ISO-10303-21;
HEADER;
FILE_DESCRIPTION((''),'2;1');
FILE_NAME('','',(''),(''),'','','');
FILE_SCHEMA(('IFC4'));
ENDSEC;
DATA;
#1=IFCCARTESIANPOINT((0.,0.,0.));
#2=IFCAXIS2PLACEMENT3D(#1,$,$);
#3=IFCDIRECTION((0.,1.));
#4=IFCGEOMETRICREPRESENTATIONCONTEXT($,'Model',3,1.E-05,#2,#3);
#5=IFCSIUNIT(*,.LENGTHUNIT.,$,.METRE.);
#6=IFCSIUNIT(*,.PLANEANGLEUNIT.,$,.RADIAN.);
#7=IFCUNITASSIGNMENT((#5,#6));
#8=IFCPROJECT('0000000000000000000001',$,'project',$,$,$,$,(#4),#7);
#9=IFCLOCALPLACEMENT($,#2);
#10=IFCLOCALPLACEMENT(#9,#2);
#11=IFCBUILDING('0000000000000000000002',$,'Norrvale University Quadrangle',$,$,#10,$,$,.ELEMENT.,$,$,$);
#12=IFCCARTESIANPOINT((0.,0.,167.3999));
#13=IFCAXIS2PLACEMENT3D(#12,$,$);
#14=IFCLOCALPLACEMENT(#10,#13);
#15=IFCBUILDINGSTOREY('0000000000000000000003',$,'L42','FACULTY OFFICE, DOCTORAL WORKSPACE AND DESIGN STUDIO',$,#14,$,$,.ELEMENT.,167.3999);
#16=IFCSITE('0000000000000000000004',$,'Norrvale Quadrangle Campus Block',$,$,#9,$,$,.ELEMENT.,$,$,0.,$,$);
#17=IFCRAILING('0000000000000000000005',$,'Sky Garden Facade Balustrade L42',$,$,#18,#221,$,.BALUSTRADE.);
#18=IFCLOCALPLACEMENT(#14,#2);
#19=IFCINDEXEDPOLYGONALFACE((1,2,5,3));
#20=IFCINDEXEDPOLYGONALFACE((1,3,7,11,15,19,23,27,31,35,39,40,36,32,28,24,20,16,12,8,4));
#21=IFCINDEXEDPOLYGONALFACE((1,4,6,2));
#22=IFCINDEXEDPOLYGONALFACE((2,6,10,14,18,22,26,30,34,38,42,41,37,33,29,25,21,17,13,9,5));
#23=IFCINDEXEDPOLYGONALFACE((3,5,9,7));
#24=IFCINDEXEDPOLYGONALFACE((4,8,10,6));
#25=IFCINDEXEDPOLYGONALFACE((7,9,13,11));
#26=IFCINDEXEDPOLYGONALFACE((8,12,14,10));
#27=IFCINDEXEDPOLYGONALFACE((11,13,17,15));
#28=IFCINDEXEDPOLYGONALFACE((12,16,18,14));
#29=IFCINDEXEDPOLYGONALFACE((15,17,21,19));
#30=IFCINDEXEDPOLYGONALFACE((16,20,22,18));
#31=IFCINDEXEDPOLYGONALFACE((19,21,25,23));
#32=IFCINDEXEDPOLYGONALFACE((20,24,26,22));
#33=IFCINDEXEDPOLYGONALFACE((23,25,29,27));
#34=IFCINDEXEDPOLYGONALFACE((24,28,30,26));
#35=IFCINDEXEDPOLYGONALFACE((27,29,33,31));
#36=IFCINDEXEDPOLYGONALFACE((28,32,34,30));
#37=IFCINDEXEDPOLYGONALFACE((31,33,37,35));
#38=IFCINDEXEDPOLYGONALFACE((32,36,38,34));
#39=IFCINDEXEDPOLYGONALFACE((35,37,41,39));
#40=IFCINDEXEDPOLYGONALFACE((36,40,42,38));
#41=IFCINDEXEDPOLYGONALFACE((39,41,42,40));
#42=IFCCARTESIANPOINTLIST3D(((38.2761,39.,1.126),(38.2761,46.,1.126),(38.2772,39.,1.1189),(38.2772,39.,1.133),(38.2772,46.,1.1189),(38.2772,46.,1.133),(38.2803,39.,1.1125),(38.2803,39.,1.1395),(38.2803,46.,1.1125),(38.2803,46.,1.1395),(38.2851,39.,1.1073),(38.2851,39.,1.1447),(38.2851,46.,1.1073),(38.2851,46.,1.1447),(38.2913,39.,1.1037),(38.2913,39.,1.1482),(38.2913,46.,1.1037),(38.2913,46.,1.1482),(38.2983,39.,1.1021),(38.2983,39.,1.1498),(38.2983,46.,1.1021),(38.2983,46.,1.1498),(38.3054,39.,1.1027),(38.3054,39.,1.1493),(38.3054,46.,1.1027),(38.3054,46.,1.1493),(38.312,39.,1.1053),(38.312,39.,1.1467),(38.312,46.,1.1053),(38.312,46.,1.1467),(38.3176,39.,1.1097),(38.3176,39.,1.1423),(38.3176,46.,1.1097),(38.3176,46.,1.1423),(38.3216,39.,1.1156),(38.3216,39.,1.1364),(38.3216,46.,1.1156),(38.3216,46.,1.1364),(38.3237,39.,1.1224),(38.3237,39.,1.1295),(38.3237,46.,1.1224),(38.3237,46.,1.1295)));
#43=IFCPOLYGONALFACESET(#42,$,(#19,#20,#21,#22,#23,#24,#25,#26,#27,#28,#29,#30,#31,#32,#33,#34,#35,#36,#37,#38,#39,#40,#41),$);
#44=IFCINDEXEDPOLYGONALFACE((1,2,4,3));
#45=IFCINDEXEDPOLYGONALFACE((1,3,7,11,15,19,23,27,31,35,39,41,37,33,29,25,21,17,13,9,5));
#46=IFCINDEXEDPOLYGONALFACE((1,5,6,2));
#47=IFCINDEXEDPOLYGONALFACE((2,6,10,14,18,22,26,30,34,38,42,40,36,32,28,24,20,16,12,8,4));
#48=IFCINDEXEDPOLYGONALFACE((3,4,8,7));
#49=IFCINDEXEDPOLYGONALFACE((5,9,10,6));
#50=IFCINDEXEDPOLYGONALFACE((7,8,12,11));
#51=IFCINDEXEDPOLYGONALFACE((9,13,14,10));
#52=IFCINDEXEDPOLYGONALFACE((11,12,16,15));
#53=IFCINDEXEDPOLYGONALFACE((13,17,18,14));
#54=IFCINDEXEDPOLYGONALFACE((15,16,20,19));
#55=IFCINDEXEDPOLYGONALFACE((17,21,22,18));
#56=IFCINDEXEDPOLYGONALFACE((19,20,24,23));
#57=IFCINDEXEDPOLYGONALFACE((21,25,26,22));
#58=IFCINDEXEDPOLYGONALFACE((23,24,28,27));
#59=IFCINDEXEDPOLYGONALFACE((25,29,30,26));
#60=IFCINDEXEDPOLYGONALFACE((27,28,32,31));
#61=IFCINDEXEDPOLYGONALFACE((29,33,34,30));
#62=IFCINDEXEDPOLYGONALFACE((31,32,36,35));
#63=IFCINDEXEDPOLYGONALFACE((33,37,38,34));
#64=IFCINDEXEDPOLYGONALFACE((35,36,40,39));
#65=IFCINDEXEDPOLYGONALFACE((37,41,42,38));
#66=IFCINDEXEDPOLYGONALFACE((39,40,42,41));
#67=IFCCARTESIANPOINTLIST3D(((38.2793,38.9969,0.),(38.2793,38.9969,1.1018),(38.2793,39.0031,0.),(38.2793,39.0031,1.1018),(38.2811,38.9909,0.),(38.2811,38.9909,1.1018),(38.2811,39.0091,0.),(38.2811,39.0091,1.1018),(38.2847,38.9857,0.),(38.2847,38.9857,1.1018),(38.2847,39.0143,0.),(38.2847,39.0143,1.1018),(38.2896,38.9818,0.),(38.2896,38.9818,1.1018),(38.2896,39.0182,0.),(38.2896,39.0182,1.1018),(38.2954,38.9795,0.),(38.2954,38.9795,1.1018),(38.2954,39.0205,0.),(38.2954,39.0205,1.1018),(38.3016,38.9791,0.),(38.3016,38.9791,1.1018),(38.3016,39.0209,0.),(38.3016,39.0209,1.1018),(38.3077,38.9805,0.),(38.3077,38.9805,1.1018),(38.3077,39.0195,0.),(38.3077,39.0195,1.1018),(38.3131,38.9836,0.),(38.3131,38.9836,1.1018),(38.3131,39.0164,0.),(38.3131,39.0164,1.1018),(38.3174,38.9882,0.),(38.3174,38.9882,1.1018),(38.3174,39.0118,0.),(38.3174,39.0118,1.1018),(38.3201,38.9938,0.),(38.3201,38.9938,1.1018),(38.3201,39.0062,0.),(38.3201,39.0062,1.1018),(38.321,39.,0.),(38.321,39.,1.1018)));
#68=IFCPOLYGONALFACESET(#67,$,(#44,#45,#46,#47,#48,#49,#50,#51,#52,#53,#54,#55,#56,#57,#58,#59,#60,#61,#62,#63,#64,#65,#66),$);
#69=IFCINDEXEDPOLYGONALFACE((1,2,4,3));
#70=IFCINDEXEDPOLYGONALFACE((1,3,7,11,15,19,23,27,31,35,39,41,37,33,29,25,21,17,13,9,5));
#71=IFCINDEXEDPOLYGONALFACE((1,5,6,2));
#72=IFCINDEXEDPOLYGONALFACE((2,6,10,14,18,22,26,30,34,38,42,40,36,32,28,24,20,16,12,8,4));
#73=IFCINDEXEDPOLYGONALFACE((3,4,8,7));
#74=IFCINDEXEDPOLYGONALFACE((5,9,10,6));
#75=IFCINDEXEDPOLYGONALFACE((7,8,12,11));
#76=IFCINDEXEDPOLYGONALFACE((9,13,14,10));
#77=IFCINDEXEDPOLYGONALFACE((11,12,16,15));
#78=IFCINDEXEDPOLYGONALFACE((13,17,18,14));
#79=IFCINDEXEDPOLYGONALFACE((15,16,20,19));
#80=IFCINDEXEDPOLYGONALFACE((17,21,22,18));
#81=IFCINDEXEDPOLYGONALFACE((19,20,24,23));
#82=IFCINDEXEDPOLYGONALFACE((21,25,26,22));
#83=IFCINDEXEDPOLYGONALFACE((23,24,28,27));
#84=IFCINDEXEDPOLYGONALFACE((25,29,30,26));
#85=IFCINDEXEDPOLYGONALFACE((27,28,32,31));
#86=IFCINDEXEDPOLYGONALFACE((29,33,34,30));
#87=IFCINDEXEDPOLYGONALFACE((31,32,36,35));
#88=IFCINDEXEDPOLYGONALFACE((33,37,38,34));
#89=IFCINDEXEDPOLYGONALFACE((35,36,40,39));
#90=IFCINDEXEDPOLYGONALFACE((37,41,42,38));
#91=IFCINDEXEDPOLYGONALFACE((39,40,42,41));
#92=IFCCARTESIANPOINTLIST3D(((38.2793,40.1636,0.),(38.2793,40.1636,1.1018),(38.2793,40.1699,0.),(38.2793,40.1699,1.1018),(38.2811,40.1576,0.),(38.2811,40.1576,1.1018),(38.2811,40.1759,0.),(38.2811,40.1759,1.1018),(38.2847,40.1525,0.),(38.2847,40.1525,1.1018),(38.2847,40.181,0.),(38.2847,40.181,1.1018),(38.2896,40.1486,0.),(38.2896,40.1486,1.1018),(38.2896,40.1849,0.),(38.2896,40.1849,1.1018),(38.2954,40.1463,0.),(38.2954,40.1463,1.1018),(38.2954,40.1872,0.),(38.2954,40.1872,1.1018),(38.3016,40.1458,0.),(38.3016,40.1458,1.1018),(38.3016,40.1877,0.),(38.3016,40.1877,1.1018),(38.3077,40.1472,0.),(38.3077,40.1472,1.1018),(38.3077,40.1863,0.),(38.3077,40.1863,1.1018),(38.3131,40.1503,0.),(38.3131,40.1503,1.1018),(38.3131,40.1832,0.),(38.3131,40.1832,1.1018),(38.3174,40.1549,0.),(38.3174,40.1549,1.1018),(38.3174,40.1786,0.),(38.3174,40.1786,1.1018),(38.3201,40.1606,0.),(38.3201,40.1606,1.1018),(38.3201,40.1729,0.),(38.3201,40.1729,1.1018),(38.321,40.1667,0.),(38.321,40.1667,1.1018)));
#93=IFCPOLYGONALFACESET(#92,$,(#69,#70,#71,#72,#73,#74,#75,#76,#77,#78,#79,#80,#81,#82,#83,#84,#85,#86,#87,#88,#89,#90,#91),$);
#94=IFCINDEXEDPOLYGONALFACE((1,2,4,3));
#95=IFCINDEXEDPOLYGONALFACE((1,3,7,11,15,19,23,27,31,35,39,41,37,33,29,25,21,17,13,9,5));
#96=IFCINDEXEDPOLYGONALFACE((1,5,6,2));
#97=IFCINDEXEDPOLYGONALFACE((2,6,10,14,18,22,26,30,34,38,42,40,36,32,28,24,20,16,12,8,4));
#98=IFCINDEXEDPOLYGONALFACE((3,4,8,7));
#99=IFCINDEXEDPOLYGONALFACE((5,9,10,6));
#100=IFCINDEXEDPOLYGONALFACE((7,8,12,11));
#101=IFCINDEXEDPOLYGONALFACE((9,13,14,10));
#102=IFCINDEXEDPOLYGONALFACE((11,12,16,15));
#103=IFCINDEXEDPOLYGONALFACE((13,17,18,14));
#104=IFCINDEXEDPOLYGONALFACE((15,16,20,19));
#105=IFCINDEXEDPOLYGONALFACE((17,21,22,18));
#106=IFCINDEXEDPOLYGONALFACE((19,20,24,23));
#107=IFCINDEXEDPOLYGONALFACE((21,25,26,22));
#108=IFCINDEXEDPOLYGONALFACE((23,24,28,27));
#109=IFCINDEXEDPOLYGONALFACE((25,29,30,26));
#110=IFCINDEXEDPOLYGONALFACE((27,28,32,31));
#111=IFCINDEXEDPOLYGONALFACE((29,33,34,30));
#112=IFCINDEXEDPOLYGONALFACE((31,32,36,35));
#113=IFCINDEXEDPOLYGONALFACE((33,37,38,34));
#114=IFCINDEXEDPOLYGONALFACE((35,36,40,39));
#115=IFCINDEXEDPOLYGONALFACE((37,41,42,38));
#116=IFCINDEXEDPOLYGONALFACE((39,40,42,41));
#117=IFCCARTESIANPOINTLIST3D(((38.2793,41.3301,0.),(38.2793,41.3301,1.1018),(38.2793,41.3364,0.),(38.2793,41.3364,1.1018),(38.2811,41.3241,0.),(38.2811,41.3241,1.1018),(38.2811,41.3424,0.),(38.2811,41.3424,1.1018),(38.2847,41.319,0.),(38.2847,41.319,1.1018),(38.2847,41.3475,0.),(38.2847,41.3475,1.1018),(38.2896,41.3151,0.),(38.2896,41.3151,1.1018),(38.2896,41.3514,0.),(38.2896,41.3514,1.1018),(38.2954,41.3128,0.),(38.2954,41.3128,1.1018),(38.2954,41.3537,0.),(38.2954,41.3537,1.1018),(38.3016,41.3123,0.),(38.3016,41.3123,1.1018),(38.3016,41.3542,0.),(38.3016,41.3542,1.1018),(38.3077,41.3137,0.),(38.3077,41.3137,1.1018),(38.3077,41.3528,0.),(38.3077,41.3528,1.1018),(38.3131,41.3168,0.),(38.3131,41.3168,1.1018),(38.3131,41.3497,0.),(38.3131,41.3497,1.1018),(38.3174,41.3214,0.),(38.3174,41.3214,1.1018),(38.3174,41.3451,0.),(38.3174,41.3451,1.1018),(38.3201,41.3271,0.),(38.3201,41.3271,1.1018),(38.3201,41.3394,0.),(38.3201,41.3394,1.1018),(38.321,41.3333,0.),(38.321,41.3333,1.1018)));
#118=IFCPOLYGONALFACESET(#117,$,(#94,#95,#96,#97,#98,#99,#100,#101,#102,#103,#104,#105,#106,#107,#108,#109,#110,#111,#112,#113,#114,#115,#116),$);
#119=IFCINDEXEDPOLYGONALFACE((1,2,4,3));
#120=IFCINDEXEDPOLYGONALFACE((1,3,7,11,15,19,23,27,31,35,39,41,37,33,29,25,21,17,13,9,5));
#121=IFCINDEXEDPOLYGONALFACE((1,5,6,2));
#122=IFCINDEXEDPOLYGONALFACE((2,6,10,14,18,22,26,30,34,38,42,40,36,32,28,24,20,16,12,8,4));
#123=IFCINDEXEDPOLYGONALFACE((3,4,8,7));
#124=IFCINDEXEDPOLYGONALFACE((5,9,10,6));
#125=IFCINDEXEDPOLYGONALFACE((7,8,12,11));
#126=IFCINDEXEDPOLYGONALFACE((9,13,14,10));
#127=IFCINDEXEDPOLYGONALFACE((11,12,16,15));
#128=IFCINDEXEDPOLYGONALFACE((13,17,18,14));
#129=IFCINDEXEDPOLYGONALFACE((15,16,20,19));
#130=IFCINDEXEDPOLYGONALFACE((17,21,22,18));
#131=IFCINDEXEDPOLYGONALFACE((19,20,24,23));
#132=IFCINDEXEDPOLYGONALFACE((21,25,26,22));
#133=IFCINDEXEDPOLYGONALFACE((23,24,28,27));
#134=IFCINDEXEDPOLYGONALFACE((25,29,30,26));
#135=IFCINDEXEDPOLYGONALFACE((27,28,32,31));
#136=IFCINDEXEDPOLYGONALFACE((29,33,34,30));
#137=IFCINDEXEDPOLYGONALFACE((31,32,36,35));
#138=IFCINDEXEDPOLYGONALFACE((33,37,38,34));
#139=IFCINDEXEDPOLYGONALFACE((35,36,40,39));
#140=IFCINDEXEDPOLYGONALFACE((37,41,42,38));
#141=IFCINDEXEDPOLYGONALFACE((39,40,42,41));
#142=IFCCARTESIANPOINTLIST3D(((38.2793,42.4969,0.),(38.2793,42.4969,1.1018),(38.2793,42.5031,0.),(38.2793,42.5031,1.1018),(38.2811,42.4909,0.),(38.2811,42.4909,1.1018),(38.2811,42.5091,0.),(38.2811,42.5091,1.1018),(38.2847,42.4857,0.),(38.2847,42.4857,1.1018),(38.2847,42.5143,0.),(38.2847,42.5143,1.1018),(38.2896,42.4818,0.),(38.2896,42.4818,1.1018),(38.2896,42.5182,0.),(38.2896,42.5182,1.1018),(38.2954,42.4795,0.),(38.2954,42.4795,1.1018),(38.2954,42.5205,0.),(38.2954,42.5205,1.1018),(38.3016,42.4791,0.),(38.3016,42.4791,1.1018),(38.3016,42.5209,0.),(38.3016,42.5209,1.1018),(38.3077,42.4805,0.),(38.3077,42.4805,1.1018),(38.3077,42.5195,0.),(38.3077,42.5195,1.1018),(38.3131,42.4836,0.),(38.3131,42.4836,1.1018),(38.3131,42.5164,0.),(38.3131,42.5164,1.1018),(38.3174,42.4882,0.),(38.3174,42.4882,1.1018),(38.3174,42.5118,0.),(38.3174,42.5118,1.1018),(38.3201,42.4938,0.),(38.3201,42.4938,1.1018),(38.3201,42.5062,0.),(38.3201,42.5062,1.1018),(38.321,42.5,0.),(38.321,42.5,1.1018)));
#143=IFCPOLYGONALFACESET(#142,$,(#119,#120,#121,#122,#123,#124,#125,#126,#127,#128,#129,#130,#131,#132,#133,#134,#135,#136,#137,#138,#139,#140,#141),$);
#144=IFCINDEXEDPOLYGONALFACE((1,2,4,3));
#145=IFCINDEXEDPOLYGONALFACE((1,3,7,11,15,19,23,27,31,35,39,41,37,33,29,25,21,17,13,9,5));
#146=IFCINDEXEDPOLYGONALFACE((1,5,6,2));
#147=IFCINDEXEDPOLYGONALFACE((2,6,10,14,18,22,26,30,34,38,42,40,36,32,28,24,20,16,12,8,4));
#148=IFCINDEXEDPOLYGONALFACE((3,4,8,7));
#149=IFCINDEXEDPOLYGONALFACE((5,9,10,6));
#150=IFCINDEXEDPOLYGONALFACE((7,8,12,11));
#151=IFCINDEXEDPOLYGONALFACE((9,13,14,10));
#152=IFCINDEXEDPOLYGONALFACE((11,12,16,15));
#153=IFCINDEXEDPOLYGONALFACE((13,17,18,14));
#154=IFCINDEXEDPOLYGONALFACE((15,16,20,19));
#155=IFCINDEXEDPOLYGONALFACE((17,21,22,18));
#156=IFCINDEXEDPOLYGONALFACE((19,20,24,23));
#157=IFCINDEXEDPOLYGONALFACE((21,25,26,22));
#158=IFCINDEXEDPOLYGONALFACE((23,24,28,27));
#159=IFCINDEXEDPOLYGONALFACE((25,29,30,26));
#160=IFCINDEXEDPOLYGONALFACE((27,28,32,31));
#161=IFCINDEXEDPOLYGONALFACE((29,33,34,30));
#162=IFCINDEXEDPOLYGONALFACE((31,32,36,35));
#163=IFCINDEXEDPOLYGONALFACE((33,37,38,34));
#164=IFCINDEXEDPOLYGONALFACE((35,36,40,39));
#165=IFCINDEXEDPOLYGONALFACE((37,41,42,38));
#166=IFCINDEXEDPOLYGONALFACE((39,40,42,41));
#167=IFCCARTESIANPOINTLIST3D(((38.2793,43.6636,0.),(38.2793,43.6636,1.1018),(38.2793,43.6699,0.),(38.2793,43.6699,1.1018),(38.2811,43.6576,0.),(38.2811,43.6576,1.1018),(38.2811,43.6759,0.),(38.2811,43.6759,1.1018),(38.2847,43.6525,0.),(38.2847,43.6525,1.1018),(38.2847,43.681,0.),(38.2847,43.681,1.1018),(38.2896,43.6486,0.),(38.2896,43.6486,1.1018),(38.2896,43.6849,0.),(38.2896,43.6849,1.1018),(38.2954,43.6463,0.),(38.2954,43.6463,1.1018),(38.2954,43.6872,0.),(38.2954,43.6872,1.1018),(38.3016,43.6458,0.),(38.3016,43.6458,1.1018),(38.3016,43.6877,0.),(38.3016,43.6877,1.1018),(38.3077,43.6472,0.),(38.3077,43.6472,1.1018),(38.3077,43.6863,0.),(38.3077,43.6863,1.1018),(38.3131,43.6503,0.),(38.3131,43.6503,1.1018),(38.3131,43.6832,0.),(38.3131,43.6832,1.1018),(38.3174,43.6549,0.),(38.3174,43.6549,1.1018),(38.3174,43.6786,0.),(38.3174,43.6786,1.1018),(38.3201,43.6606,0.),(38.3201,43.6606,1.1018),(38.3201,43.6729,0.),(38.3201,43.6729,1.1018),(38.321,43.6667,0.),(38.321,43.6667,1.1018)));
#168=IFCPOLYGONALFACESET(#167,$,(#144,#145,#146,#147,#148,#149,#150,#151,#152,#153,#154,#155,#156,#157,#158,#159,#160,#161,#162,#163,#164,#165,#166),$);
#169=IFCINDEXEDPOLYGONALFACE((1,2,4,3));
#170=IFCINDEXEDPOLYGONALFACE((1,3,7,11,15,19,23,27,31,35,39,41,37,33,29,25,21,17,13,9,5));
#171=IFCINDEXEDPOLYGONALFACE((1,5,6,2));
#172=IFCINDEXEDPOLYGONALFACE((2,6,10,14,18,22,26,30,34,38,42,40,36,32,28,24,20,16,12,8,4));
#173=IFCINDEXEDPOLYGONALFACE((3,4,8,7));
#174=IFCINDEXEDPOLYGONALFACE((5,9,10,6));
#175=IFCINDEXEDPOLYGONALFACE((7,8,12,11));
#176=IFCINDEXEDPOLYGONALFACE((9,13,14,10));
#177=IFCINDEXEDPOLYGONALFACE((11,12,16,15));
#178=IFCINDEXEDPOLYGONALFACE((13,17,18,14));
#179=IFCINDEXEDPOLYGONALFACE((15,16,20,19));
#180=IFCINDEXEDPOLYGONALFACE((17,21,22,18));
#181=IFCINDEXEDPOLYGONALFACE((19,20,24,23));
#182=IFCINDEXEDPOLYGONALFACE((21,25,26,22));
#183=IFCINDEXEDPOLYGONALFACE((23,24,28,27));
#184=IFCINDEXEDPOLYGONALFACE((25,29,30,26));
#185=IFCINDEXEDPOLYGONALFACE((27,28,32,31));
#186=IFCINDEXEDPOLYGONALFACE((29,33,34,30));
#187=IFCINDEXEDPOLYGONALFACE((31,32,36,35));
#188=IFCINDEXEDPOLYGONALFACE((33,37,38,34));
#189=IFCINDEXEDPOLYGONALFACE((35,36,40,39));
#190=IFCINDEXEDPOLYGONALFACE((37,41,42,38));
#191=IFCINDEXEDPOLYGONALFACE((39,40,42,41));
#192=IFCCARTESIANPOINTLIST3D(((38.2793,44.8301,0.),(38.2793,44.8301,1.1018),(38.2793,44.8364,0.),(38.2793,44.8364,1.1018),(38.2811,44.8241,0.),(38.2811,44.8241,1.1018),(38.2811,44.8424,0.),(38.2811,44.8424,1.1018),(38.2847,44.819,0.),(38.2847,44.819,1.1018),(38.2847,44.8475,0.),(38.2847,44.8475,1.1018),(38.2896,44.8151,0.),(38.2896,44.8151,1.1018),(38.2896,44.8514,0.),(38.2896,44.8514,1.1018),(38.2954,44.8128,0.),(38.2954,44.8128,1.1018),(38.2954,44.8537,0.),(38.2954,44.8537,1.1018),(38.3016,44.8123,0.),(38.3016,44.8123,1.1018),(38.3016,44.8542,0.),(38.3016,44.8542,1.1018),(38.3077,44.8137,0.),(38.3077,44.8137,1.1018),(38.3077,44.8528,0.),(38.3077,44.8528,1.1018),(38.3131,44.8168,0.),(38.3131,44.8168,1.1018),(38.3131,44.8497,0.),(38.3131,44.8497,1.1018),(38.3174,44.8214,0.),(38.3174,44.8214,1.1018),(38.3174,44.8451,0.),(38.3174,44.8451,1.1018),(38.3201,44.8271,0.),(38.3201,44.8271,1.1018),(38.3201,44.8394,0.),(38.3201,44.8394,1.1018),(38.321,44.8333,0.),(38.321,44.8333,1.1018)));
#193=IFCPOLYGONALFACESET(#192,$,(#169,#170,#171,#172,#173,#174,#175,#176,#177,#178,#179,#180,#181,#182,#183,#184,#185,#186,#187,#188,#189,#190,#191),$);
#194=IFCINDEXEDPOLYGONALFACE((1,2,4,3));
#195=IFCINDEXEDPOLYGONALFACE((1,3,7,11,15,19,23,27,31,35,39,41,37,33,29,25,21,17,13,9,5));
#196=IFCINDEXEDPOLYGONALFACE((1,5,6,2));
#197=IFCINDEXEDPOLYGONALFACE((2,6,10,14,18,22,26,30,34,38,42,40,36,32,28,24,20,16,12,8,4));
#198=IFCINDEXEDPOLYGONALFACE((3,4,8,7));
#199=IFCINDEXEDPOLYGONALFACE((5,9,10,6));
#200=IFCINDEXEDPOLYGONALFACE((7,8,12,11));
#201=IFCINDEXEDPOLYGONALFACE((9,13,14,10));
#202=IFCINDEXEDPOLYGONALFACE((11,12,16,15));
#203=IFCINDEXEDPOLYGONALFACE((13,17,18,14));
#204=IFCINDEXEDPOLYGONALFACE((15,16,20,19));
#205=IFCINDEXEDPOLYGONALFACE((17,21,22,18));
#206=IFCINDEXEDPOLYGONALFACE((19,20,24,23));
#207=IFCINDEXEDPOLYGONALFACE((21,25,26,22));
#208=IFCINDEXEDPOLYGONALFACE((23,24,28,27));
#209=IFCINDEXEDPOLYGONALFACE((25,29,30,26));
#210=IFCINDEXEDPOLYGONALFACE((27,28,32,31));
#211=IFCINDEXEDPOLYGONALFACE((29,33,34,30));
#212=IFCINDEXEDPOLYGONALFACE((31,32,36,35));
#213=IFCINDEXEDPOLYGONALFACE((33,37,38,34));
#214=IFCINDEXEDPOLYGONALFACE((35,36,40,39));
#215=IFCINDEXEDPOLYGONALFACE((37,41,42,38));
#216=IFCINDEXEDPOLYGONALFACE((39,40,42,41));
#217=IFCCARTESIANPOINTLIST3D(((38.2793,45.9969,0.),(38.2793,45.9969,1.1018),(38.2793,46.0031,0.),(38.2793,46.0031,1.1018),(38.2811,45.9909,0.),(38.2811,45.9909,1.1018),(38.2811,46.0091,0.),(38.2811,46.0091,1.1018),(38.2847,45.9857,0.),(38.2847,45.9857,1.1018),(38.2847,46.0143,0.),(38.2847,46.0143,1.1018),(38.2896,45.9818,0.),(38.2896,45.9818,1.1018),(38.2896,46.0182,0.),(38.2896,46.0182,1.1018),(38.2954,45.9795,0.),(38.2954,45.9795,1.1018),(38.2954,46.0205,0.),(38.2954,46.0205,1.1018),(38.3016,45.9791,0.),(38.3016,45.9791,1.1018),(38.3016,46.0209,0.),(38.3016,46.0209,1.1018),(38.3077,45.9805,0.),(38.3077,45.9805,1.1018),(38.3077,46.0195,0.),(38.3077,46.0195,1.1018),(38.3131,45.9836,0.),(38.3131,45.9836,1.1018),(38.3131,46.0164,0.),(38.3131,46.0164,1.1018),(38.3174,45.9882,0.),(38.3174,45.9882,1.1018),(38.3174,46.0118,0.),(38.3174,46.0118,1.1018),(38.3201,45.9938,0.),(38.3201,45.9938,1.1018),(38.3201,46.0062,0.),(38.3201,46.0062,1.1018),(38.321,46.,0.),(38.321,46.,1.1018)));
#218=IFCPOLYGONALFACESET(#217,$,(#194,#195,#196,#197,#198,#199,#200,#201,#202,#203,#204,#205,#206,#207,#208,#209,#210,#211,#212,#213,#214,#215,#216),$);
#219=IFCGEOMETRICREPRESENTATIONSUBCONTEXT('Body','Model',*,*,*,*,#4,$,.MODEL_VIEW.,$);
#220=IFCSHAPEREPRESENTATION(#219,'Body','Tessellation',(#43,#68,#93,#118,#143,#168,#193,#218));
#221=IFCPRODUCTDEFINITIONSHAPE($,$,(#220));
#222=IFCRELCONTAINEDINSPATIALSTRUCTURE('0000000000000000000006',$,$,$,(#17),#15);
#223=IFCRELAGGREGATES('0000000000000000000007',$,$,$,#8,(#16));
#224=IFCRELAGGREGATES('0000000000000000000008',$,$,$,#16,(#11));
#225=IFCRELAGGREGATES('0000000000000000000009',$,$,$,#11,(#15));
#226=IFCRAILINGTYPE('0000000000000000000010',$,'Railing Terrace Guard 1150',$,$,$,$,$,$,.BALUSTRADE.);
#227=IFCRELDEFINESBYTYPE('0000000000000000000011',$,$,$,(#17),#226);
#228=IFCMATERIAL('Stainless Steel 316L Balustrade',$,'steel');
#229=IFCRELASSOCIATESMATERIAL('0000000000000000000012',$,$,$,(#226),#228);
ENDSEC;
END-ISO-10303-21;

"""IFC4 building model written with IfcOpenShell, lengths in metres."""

from ifc_helpers import new_model, si_unit, direction, frame, origin, origin_2d, place, context, subcontext, project, spatial, circle, extrude, material, type_object, element, save


model = new_model("IFC4")

# Units and contexts
model_context = context("Model", 3, precision=1e-05, world=origin(), true_north=direction((0.0, 1.0)))
body_context = subcontext(model_context, "Body", "Model", "MODEL_VIEW")
ifc_project = project(units=[si_unit("LENGTHUNIT", "METRE"), si_unit("PLANEANGLEUNIT", "RADIAN")], contexts=[model_context])

# Site, building, storey
site_placement = place(None, origin())
site = spatial("IfcSite", under=ifc_project, at=site_placement, Name="Norrvale Quadrangle Campus Block", CompositionType="ELEMENT", RefElevation=0.0)
building_placement = place(site_placement, origin())
building = spatial("IfcBuilding", under=site, at=building_placement, Name="Norrvale University Quadrangle", CompositionType="ELEMENT")
storey_placement = place(building_placement, frame((0.0, 0.0, 167.3999)))
storey = spatial("IfcBuildingStorey", under=building, at=storey_placement, Name="L42", Description="FACULTY OFFICE, DOCTORAL WORKSPACE AND DESIGN STUDIO", CompositionType="ELEMENT", Elevation=167.3999)

# Railing
ifc_material_1 = material(Name="Stainless Steel 316L Balustrade", Category="steel")
railing_type = type_object("IfcRailingType", Name="Railing Terrace Guard 1150", PredefinedType="BALUSTRADE", material=ifc_material_1)
railing_placement = place(storey_placement, frame((38.3, 39.0, 0.0)))
element("IfcRailing", 1, at=railing_placement, inside=storey, type_object=railing_type, Name="Sky Garden Facade Balustrade L42", PredefinedType="BALUSTRADE", context=body_context, shape_type="SweptSolid", body=[
    extrude(circle(Radius=0.0239, at=origin_2d()), frame((0.0, 0.0, 1.126), z_axis=(0.0, 1.0, 0.0), x_axis=(-1.0, 0.0, 0.0)), (0.0, 0.0, 1.0), 7.0),
    extrude(circle(Radius=0.021, at=origin_2d()), origin(), (0.0, 0.0, 1.0), 1.1018),
    extrude(circle(Radius=0.021, at=origin_2d()), frame((0.0, 1.1667, 0.0)), (0.0, 0.0, 1.0), 1.1018),
    extrude(circle(Radius=0.021, at=origin_2d()), frame((0.0, 2.3333, 0.0)), (0.0, 0.0, 1.0), 1.1018),
    extrude(circle(Radius=0.021, at=origin_2d()), frame((0.0, 3.5, 0.0)), (0.0, 0.0, 1.0), 1.1018),
    extrude(circle(Radius=0.021, at=origin_2d()), frame((0.0, 4.6667, 0.0)), (0.0, 0.0, 1.0), 1.1018),
    extrude(circle(Radius=0.021, at=origin_2d()), frame((0.0, 5.8333, 0.0)), (0.0, 0.0, 1.0), 1.1018),
    extrude(circle(Radius=0.021, at=origin_2d()), frame((0.0, 7.0, 0.0)), (0.0, 0.0, 1.0), 1.1018),
])

save(model, "model.ifc")
